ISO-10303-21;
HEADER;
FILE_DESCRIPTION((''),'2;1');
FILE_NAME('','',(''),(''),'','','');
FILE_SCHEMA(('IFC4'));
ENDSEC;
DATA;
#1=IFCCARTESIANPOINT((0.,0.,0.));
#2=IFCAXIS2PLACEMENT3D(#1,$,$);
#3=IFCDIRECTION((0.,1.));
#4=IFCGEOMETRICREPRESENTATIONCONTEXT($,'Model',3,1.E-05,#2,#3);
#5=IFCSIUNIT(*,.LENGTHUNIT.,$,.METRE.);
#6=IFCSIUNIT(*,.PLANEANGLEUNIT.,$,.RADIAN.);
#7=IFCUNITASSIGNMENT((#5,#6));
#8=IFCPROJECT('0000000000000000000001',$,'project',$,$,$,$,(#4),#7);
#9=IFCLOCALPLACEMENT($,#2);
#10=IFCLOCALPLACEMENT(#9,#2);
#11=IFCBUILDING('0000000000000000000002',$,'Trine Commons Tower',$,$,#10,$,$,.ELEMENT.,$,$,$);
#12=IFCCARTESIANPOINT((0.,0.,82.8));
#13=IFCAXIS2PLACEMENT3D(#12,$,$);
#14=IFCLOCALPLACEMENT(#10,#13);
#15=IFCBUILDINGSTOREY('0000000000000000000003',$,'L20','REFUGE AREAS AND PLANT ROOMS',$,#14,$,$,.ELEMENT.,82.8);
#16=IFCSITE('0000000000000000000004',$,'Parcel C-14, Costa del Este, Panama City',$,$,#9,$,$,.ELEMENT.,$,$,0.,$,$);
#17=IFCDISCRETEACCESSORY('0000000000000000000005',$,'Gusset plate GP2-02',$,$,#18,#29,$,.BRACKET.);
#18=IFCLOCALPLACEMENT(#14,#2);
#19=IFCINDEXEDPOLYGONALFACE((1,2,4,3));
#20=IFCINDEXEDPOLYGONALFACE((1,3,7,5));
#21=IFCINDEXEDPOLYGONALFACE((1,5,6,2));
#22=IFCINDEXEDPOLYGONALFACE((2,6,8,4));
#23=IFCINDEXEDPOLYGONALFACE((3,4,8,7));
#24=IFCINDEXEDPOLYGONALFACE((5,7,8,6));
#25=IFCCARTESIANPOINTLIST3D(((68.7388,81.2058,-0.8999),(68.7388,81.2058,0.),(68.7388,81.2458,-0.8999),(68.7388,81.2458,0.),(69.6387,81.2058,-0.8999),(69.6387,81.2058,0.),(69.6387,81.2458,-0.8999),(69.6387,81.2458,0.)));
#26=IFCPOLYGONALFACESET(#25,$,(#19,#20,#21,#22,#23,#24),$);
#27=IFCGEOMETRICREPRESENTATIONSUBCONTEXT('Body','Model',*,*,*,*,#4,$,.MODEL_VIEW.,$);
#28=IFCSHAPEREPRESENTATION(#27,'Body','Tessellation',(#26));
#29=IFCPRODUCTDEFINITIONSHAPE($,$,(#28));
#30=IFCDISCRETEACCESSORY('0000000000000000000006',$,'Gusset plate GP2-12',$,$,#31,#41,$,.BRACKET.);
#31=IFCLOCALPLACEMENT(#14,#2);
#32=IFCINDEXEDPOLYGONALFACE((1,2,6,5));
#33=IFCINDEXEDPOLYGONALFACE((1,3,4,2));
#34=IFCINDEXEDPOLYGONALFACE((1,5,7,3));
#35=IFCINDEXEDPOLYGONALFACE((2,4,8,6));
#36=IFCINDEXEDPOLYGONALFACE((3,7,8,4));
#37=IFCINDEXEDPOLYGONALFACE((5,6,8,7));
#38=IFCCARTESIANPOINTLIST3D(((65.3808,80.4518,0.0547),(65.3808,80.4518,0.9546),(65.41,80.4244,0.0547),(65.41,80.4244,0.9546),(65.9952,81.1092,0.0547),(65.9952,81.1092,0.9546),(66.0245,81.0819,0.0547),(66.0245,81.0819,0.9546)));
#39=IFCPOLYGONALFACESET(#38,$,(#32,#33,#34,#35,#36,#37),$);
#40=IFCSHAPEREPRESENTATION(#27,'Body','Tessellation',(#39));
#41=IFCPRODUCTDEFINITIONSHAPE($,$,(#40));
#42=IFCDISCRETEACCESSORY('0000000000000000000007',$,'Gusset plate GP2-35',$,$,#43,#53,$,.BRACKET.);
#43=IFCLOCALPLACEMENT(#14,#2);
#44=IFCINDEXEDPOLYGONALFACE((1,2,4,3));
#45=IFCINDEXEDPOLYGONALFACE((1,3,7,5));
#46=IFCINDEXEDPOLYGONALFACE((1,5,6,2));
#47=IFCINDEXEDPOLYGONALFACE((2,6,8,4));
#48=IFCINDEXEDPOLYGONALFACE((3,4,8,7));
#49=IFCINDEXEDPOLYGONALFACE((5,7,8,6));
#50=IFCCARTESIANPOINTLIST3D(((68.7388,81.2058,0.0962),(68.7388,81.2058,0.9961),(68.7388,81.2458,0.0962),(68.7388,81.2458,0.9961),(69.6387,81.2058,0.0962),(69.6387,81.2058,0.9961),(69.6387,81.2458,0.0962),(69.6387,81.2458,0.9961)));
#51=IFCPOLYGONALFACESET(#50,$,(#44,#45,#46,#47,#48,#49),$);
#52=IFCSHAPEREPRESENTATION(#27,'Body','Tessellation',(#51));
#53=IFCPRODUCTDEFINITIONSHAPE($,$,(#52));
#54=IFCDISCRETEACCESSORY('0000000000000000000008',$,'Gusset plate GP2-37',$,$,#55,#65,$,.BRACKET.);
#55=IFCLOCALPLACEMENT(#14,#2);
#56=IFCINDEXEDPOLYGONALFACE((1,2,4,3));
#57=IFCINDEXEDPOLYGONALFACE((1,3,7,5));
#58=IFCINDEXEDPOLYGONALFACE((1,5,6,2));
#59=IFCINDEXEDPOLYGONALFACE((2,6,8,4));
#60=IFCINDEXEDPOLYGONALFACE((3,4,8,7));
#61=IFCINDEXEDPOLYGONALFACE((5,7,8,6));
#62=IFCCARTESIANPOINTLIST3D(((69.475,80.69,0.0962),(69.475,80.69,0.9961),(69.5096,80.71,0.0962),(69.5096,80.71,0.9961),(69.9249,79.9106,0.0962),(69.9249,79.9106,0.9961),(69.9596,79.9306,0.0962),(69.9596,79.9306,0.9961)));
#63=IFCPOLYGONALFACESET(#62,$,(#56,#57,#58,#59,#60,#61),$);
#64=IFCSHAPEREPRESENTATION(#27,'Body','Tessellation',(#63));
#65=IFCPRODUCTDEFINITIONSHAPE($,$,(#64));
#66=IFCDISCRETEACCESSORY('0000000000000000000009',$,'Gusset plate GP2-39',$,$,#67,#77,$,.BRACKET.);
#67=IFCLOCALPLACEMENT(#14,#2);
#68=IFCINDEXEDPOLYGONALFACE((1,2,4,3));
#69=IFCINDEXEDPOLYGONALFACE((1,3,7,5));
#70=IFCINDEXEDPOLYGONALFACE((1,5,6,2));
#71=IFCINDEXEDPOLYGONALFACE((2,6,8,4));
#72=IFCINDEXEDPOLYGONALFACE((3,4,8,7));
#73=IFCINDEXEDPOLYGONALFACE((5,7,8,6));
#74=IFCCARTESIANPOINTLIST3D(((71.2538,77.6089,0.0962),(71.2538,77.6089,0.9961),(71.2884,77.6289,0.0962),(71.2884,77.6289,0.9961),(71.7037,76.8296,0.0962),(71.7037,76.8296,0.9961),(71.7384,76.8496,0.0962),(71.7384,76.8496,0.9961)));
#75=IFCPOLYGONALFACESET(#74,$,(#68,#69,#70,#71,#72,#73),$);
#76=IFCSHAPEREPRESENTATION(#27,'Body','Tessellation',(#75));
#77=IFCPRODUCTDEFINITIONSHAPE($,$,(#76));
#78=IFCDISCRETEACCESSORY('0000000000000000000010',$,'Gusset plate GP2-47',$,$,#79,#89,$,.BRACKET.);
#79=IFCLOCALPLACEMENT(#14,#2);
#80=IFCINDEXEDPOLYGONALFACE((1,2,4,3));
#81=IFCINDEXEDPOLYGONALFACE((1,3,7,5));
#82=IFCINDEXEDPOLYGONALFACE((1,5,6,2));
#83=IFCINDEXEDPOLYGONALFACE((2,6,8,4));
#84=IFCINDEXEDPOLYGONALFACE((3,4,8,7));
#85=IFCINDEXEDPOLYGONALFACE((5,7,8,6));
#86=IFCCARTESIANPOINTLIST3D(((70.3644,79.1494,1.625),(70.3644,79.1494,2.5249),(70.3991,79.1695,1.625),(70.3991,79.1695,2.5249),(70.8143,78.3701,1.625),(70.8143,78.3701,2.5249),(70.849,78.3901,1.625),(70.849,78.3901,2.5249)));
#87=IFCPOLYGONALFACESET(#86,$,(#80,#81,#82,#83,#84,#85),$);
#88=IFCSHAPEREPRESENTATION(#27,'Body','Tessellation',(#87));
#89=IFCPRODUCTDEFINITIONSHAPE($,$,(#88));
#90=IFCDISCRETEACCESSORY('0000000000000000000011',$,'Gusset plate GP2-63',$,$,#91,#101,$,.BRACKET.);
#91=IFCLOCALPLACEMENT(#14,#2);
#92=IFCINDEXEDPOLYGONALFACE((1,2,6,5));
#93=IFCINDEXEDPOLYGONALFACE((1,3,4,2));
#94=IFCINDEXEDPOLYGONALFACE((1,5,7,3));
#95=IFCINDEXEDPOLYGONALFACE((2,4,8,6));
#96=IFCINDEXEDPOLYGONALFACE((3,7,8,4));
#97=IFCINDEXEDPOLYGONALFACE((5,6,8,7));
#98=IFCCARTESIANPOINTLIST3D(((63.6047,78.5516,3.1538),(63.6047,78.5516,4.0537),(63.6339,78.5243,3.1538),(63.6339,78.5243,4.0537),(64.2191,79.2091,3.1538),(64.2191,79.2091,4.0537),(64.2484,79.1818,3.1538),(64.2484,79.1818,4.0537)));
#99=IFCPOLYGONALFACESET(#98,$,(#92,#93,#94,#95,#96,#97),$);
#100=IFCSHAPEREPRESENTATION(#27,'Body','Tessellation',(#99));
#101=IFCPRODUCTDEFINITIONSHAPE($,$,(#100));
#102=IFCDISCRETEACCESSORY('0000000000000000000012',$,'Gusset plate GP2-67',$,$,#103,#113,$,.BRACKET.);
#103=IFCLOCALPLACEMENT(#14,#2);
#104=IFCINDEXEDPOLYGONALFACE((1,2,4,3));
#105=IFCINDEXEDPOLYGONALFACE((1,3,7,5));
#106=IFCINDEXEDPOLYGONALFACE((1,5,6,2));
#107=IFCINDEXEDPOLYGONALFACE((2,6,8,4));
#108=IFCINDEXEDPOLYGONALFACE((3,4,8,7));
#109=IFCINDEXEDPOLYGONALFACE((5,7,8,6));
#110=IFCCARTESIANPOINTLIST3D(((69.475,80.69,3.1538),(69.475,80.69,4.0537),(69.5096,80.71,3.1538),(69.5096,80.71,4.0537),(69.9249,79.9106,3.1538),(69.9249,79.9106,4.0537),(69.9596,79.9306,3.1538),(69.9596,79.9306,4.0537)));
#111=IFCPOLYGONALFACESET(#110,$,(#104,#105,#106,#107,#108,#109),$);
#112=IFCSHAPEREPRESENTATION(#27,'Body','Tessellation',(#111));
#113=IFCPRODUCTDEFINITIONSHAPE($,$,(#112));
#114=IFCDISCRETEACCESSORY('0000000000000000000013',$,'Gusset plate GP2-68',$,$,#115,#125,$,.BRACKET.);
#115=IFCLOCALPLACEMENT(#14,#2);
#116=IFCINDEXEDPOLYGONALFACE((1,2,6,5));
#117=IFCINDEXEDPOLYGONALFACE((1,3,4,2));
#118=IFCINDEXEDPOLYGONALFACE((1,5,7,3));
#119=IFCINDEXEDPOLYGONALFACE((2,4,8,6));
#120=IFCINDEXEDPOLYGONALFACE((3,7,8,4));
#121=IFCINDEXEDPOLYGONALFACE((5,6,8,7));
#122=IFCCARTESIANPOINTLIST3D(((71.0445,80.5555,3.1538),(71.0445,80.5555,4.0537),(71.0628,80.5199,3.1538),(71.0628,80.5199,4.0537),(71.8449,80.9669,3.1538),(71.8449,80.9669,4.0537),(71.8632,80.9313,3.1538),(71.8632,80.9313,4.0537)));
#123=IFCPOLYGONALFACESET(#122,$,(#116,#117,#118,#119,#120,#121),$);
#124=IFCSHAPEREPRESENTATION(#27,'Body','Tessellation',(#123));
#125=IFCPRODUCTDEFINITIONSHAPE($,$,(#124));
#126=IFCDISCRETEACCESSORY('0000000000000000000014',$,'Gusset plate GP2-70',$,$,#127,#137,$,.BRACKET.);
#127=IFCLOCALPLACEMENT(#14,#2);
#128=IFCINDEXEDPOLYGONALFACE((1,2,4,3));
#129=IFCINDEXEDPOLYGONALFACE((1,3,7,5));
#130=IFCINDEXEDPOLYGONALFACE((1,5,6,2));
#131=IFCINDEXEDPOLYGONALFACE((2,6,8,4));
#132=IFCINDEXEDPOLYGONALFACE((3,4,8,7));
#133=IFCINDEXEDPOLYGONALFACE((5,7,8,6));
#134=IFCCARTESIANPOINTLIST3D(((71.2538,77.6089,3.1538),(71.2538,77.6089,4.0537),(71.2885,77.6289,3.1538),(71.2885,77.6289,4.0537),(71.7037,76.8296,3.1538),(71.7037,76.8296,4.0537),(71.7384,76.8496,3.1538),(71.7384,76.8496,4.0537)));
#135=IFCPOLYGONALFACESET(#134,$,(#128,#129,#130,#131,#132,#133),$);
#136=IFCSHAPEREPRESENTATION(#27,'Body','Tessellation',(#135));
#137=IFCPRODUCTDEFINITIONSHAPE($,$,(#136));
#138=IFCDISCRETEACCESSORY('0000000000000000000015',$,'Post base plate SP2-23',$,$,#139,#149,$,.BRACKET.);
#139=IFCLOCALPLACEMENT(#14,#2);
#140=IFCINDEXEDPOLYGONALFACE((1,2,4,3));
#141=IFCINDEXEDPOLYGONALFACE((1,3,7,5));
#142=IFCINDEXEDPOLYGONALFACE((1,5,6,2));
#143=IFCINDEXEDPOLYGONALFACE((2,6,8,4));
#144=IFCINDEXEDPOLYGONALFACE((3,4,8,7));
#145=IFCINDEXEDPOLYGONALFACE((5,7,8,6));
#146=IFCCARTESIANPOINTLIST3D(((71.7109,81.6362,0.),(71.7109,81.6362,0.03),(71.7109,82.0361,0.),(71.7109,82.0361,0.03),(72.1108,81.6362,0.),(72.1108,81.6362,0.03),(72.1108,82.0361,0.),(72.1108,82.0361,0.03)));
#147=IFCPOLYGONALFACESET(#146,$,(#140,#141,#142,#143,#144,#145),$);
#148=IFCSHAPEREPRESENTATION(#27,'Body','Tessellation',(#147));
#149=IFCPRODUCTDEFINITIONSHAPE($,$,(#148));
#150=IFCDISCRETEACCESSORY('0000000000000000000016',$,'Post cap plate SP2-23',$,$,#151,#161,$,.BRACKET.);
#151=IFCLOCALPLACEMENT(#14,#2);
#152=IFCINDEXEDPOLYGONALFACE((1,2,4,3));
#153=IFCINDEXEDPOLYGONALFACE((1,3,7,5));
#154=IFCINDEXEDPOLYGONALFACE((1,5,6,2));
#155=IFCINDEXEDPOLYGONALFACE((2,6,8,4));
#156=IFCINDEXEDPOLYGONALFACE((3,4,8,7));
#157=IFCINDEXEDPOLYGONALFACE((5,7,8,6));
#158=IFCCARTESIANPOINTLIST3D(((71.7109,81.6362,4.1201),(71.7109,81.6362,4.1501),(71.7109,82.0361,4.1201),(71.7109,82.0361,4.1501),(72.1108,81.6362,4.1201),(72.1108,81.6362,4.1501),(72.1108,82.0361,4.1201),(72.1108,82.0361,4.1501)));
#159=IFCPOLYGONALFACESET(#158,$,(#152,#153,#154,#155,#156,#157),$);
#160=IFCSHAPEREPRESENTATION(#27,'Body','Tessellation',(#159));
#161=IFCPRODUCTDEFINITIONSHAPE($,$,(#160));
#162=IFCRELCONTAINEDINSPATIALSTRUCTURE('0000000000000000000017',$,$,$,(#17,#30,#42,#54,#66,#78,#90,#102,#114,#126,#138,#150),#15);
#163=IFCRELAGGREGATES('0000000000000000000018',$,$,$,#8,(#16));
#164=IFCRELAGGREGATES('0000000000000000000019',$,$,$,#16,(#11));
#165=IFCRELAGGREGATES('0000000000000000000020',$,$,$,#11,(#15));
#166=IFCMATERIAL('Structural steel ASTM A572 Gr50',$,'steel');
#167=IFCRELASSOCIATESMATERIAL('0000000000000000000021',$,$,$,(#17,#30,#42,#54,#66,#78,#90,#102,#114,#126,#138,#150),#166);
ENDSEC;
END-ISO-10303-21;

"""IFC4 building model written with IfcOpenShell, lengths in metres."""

from ifc_helpers import new_model, si_unit, direction, frame, origin, origin_2d, place, context, subcontext, project, spatial, rectangle, extrude, material, element, save


model = new_model("IFC4")

# Units and contexts
model_context = context("Model", 3, precision=1e-05, world=origin(), true_north=direction((0.0, 1.0)))
body_context = subcontext(model_context, "Body", "Model", "MODEL_VIEW")
ifc_project = project(units=[si_unit("LENGTHUNIT", "METRE"), si_unit("PLANEANGLEUNIT", "RADIAN")], contexts=[model_context])

# Site, building, storey
site_placement = place(None, origin())
site = spatial("IfcSite", under=ifc_project, at=site_placement, Name="Parcel C-14, Costa del Este, Panama City", CompositionType="ELEMENT", RefElevation=0.0)
building_placement = place(site_placement, origin())
building = spatial("IfcBuilding", under=site, at=building_placement, Name="Trine Commons Tower", CompositionType="ELEMENT")
storey_placement = place(building_placement, frame((0.0, 0.0, 82.8)))
storey = spatial("IfcBuildingStorey", under=building, at=storey_placement, Name="L20", Description="REFUGE AREAS AND PLANT ROOMS", CompositionType="ELEMENT", Elevation=82.8)

# Discrete accessories
ifc_material_1 = material(Name="Structural steel ASTM A572 Gr50", Category="steel")
for number, where, z_axis, x_axis, name in (
    (1, (69.1887, 81.2258, -0.8999), (0.0, 0.0, 1.0), (1.0, 0.0, 0.0), "Gusset plate GP2-02"),
    (2, (65.7026, 80.7668, 0.0547), (0.0, 0.0, 1.0), (-0.682815, -0.730591, 0.0), "Gusset plate GP2-12"),
    (3, (69.1887, 81.2258, 0.0962), (0.0, 0.0, 1.0), (1.0, 0.0, 0.0), "Gusset plate GP2-35"),
    (4, (69.7173, 80.3103, 0.0962), (0.0, 0.0, 1.0), (-0.500015, 0.866017, 0.0), "Gusset plate GP2-37"),
    (5, (71.4961, 77.2292, 0.0962), (0.0, 0.0, 1.0), (-0.500015, 0.866017, 0.0), "Gusset plate GP2-39"),
    (6, (70.6067, 78.7698, 1.625), (0.0, 0.0, 1.0), (-0.5, 0.866025, 0.0), "Gusset plate GP2-47"),
    (7, (63.9265, 78.8667, 3.1538), (0.0, 0.0, 1.0), (-0.682815, -0.730591, 0.0), "Gusset plate GP2-63"),
    (8, (69.7173, 80.3103, 3.1538), (0.0, 0.0, 1.0), (-0.5, 0.866025, 0.0), "Gusset plate GP2-67"),
    (9, (71.4539, 80.7434, 3.1538), (0.0, 0.0, 1.0), (-0.889392, -0.457144, 0.0), "Gusset plate GP2-68"),
    (10, (71.4961, 77.2292, 3.1538), (0.0, 0.0, 1.0), (-0.5, 0.866025, 0.0), "Gusset plate GP2-70"),
):
    element("IfcDiscreteAccessory", number, at=place(storey_placement, frame(where, z_axis=z_axis, x_axis=x_axis)), inside=storey, material=ifc_material_1, Name=name, PredefinedType="BRACKET", context=body_context, shape_type="SweptSolid", body=[
        extrude(rectangle(XDim=0.8999, YDim=0.04, at=origin_2d()), origin(), (0.0, 0.0, 1.0), 0.8999),
    ])
for number, where, z_axis, x_axis, name in (
    (11, (71.9109, 81.8362, 0.0), (0.0, 0.0, 1.0), (1.0, 0.0, 0.0), "Post base plate SP2-23"),
    (12, (71.9109, 81.8362, 4.1201), (0.0, 0.0, 1.0), (1.0, 0.0, 0.0), "Post cap plate SP2-23"),
):
    element("IfcDiscreteAccessory", number, at=place(storey_placement, frame(where, z_axis=z_axis, x_axis=x_axis)), inside=storey, material=ifc_material_1, Name=name, PredefinedType="BRACKET", context=body_context, shape_type="SweptSolid", body=[
        extrude(rectangle(XDim=0.3999, YDim=0.3999, at=origin_2d()), origin(), (0.0, 0.0, 1.0), 0.03),
    ])

save(model, "model.ifc")
